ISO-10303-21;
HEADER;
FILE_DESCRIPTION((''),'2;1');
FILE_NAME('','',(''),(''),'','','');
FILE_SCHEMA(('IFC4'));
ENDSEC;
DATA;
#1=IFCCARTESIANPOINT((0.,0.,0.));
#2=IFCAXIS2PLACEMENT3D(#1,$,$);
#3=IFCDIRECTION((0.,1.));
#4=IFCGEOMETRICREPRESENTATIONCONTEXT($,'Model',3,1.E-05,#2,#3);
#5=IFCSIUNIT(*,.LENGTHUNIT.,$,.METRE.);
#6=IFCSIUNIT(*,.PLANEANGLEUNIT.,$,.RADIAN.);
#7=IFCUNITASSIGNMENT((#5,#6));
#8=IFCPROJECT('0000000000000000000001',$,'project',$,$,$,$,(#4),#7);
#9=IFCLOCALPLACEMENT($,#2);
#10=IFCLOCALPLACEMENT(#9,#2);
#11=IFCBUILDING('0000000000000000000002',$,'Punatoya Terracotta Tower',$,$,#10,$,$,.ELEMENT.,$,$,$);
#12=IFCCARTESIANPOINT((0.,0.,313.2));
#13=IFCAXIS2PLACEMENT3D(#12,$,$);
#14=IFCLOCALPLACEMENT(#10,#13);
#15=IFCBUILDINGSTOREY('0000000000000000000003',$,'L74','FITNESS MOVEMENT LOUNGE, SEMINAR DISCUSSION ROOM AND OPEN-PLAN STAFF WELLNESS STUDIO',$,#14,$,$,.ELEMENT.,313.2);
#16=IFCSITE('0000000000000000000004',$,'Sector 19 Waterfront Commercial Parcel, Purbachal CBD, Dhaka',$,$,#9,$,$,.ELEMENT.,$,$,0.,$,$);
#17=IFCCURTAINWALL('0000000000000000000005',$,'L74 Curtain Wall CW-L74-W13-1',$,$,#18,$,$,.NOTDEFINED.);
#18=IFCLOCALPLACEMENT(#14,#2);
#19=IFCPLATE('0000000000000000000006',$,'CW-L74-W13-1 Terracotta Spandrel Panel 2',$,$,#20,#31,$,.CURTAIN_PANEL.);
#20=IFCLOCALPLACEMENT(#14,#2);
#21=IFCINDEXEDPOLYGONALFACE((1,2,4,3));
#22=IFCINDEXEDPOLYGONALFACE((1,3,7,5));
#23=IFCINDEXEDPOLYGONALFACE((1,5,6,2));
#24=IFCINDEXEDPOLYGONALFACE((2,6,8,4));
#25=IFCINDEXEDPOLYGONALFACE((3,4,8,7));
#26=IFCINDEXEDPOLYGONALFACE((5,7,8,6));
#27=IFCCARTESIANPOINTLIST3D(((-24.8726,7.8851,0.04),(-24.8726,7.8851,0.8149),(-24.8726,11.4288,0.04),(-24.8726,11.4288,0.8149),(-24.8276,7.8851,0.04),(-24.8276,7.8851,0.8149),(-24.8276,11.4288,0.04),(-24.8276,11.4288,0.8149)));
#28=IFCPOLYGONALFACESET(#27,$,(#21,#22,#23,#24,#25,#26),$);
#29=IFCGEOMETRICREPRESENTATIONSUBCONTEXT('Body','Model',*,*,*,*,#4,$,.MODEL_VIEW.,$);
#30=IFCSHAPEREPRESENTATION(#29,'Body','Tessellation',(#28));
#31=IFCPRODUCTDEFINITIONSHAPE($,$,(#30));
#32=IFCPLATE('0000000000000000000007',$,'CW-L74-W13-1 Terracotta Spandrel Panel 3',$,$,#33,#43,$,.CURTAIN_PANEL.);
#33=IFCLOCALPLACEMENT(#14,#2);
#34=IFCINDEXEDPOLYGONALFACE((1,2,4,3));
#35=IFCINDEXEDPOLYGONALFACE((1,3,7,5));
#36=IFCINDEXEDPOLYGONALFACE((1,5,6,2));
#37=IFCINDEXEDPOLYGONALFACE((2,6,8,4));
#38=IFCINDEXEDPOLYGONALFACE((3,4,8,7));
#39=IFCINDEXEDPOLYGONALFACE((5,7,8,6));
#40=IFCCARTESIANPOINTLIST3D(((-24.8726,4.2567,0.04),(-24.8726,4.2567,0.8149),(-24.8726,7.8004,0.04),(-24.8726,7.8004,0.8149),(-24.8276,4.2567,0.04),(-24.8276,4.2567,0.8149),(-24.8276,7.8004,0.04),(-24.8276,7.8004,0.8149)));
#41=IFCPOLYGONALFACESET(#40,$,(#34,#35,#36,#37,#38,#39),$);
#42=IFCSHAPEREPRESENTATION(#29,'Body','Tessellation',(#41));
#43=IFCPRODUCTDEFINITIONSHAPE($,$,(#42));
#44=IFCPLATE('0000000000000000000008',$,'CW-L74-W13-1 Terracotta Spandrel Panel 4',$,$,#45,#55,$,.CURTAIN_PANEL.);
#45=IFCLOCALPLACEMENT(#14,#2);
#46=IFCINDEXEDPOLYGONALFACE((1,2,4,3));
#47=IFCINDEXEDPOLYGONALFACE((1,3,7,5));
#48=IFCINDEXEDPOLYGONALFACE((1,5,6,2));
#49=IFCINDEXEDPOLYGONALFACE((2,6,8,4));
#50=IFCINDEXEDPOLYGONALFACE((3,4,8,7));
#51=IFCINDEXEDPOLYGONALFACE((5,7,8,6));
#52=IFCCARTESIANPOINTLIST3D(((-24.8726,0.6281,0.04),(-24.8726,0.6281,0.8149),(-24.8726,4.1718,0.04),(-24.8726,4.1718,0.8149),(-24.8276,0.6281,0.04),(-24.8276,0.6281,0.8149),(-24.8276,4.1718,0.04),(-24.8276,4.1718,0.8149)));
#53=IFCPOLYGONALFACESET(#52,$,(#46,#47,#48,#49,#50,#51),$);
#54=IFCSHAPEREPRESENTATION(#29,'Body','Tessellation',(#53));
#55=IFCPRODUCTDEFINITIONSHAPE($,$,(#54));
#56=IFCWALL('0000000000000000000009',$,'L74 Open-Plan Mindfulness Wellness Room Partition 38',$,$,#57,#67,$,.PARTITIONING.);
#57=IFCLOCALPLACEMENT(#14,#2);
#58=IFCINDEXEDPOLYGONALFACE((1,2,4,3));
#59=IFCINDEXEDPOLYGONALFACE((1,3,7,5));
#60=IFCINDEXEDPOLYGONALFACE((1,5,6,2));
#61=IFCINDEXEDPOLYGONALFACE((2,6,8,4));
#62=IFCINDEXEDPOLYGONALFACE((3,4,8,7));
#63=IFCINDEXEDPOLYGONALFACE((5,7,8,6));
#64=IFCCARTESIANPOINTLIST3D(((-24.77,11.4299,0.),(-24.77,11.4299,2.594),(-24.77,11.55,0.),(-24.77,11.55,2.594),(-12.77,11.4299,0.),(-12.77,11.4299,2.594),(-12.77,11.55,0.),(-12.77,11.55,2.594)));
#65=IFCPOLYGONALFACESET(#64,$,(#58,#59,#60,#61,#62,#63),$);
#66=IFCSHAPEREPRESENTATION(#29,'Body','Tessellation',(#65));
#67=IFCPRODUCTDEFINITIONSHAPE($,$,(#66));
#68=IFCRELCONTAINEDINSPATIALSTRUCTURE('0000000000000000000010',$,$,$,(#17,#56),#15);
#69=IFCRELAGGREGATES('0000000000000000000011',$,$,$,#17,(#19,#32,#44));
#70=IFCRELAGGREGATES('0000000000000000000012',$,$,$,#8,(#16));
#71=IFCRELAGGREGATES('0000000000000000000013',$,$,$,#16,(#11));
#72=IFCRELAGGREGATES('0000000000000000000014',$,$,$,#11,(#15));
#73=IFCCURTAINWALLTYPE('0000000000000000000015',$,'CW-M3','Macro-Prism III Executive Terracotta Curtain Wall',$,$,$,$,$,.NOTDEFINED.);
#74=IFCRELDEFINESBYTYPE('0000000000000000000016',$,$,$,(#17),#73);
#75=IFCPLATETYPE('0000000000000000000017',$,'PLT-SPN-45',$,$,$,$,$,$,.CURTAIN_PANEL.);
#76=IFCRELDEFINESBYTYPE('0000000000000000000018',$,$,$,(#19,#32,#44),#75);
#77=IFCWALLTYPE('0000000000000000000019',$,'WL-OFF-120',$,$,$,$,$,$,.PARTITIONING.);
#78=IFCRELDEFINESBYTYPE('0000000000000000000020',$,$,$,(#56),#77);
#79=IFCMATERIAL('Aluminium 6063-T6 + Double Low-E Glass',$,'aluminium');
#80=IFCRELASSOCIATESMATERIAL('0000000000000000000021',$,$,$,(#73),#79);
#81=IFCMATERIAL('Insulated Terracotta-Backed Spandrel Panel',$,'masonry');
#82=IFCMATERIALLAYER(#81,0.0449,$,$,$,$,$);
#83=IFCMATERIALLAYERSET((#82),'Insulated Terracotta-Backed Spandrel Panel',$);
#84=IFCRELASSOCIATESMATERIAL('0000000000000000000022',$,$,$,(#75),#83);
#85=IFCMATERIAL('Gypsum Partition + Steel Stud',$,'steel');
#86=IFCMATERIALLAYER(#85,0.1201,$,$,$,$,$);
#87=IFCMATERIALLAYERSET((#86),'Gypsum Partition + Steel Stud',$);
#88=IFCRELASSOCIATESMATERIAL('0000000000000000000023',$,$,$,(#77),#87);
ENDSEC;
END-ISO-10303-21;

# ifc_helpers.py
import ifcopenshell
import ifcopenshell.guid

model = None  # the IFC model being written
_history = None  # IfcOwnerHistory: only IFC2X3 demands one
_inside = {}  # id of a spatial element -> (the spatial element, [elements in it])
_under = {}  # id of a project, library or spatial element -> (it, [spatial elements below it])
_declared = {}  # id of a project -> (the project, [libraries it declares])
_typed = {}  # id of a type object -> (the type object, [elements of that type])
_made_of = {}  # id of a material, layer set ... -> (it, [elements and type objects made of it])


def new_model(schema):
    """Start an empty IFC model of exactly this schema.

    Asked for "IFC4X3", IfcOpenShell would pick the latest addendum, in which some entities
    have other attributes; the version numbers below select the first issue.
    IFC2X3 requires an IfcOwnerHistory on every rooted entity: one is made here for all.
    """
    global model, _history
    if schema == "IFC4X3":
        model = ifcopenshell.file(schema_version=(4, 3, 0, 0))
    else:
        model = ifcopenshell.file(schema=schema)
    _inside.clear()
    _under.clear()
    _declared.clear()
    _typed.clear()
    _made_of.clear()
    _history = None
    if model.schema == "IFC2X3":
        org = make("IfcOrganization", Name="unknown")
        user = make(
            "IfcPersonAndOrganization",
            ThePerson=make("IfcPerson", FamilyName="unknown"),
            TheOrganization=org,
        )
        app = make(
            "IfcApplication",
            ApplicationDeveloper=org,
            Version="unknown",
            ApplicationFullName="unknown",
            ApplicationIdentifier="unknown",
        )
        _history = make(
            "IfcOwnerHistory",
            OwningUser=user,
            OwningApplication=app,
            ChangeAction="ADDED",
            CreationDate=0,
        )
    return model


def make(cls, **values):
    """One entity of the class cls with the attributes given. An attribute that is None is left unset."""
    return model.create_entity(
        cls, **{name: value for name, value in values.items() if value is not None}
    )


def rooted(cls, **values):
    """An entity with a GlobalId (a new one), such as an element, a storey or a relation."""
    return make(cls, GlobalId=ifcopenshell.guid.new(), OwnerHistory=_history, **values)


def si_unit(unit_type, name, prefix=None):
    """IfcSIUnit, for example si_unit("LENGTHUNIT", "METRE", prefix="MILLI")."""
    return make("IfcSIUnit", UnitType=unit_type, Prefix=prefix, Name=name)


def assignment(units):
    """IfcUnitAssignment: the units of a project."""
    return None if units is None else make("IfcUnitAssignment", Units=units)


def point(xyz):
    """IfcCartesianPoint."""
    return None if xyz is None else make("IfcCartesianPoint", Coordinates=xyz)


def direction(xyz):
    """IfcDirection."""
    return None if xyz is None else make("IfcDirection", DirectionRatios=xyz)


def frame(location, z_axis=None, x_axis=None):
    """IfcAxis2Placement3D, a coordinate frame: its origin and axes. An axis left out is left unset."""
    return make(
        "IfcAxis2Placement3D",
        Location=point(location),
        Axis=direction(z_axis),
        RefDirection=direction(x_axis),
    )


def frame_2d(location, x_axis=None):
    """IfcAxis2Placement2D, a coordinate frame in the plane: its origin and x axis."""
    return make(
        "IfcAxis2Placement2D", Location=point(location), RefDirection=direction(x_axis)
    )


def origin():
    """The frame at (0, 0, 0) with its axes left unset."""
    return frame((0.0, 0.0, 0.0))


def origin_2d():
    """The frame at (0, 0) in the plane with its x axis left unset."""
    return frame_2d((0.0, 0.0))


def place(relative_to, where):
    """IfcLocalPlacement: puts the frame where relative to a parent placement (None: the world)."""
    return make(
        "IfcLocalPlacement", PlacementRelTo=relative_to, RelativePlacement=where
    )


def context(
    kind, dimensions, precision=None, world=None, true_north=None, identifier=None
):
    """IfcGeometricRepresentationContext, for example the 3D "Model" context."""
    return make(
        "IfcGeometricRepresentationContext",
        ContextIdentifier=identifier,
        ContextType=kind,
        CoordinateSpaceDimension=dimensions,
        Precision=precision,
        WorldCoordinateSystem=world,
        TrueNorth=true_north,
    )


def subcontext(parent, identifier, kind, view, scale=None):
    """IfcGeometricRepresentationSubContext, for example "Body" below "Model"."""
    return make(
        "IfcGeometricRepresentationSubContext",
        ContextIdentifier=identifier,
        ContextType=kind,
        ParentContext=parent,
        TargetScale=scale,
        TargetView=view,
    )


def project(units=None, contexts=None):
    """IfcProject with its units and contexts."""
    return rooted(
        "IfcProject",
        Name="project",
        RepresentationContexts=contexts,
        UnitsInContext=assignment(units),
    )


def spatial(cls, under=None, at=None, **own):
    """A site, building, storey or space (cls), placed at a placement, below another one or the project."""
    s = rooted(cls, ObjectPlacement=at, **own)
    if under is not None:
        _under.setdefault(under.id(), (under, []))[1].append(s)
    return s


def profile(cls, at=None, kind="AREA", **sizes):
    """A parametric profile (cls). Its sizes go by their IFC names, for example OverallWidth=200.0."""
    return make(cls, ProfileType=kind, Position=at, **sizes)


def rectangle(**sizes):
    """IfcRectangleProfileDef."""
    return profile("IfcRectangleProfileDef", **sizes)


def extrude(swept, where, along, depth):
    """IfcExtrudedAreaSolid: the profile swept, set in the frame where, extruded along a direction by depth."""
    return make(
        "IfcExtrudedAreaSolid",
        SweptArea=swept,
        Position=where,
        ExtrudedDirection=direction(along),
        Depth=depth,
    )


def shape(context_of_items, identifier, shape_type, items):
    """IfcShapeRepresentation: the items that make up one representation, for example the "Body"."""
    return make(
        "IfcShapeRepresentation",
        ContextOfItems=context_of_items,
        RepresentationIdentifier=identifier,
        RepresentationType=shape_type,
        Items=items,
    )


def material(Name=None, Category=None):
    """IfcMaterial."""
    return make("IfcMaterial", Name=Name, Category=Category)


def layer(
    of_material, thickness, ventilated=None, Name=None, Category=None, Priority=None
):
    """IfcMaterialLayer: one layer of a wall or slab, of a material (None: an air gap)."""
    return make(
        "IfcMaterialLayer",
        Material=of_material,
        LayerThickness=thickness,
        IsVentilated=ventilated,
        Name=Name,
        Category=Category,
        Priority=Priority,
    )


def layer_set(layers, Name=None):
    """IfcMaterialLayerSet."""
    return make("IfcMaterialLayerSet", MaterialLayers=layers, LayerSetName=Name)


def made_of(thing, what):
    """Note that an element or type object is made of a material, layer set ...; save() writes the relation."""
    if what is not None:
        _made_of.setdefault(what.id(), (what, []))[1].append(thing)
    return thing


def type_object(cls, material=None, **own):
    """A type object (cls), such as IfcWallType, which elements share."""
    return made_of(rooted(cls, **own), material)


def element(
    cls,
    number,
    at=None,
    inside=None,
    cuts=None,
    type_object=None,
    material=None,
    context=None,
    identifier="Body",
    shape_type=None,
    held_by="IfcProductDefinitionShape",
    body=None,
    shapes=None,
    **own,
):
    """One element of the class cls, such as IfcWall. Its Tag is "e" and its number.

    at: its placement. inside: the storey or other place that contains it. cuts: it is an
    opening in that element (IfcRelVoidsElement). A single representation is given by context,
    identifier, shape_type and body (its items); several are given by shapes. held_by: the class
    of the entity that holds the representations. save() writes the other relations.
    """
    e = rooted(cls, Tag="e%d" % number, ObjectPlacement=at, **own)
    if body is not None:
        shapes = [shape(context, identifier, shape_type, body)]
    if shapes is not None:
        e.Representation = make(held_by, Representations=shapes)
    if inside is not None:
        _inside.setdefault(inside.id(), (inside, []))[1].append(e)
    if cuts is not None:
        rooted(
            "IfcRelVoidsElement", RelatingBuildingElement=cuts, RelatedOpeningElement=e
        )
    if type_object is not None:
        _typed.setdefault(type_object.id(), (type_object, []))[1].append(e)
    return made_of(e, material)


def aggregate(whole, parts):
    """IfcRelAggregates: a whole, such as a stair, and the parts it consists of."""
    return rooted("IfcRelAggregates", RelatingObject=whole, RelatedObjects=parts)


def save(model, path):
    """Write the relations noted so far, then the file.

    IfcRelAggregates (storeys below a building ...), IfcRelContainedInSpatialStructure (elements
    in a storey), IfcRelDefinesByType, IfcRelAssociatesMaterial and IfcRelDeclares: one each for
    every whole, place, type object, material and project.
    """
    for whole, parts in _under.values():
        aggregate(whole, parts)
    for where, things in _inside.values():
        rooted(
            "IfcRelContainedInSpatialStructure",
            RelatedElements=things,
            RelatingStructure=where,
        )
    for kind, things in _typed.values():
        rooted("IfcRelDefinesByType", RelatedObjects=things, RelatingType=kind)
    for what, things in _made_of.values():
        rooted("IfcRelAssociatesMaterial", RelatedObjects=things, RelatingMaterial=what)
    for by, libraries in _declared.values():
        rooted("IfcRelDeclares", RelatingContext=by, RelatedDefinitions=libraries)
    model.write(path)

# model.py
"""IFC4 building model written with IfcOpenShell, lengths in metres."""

from ifc_helpers import new_model, si_unit, direction, frame, frame_2d, origin, origin_2d, place, context, subcontext, project, spatial, rectangle, extrude, material, layer, layer_set, type_object, element, aggregate, save


model = new_model("IFC4")

# Units and contexts
model_context = context("Model", 3, precision=1e-05, world=origin(), true_north=direction((0.0, 1.0)))
body_context = subcontext(model_context, "Body", "Model", "MODEL_VIEW")
ifc_project = project(units=[si_unit("LENGTHUNIT", "METRE"), si_unit("PLANEANGLEUNIT", "RADIAN")], contexts=[model_context])

# Site, building, storey
site_placement = place(None, origin())
site = spatial("IfcSite", under=ifc_project, at=site_placement, Name="Sector 19 Waterfront Commercial Parcel, Purbachal CBD, Dhaka", CompositionType="ELEMENT", RefElevation=0.0)
building_placement = place(site_placement, origin())
building = spatial("IfcBuilding", under=site, at=building_placement, Name="Punatoya Terracotta Tower", CompositionType="ELEMENT")
storey_placement = place(building_placement, frame((0.0, 0.0, 313.2)))
storey = spatial("IfcBuildingStorey", under=building, at=storey_placement, Name="L74", Description="FITNESS MOVEMENT LOUNGE, SEMINAR DISCUSSION ROOM AND OPEN-PLAN STAFF WELLNESS STUDIO", CompositionType="ELEMENT", Elevation=313.2)

# Curtain wall, plates
ifc_material_1 = material(Name="Aluminium 6063-T6 + Double Low-E Glass", Category="aluminium")
curtain_wall_type = type_object("IfcCurtainWallType", Name="CW-M3", Description="Macro-Prism III Executive Terracotta Curtain Wall", PredefinedType="NOTDEFINED", material=ifc_material_1)
curtain_wall_placement = place(storey_placement, origin())
curtain_wall = element("IfcCurtainWall", 1, at=curtain_wall_placement, inside=storey, type_object=curtain_wall_type, Name="L74 Curtain Wall CW-L74-W13-1", PredefinedType="NOTDEFINED")
ifc_material_2 = material(Name="Insulated Terracotta-Backed Spandrel Panel", Category="masonry")
ifc_layer_1 = layer(ifc_material_2, 0.0449)
ifc_layer_set_1 = layer_set([ifc_layer_1], Name="Insulated Terracotta-Backed Spandrel Panel")
plate_type_1 = type_object("IfcPlateType", Name="PLT-SPN-45", PredefinedType="CURTAIN_PANEL", material=ifc_layer_set_1)
plate_1_placement = place(storey_placement, frame((-24.8501, 9.657, 0.04), z_axis=(0.0, 0.0, 1.0), x_axis=(0.0, -1.0, 0.0)))
plate_1 = element("IfcPlate", 2, at=plate_1_placement, type_object=plate_type_1, Name="CW-L74-W13-1 Terracotta Spandrel Panel 2", PredefinedType="CURTAIN_PANEL", context=body_context, shape_type="SweptSolid", body=[
    extrude(rectangle(XDim=3.5437, YDim=0.0449, at=origin_2d()), origin(), (0.0, 0.0, 1.0), 0.7749),
])
plate_2_placement = place(storey_placement, frame((-24.8501, 6.0286, 0.04), z_axis=(0.0, 0.0, 1.0), x_axis=(0.0, -1.0, 0.0)))
plate_2 = element("IfcPlate", 3, at=plate_2_placement, type_object=plate_type_1, Name="CW-L74-W13-1 Terracotta Spandrel Panel 3", PredefinedType="CURTAIN_PANEL", context=body_context, shape_type="SweptSolid", body=[
    extrude(rectangle(XDim=3.5437, YDim=0.0449, at=origin_2d()), origin(), (0.0, 0.0, 1.0), 0.7749),
])
plate_3_placement = place(storey_placement, frame((-24.8501, 2.3999, 0.04), z_axis=(0.0, 0.0, 1.0), x_axis=(0.0, -1.0, 0.0)))
plate_3 = element("IfcPlate", 4, at=plate_3_placement, type_object=plate_type_1, Name="CW-L74-W13-1 Terracotta Spandrel Panel 4", PredefinedType="CURTAIN_PANEL", context=body_context, shape_type="SweptSolid", body=[
    extrude(rectangle(XDim=3.5437, YDim=0.0449, at=origin_2d()), origin(), (0.0, 0.0, 1.0), 0.7749),
])
aggregate(curtain_wall, [plate_1, plate_2, plate_3])

# Wall
ifc_material_3 = material(Name="Gypsum Partition + Steel Stud", Category="steel")
ifc_layer_2 = layer(ifc_material_3, 0.1201)
ifc_layer_set_2 = layer_set([ifc_layer_2], Name="Gypsum Partition + Steel Stud")
wall_type = type_object("IfcWallType", Name="WL-OFF-120", PredefinedType="PARTITIONING", material=ifc_layer_set_2)
wall_placement = place(storey_placement, frame((-24.77, 11.49, 0.0), z_axis=(0.0, 0.0, 1.0), x_axis=(1.0, 0.0, 0.0)))
element("IfcWall", 5, at=wall_placement, inside=storey, type_object=wall_type, Name="L74 Open-Plan Mindfulness Wellness Room Partition 38", PredefinedType="PARTITIONING", context=body_context, shape_type="SweptSolid", body=[
    extrude(rectangle(XDim=12.0, YDim=0.1201, at=frame_2d((6.0, 0.0))), origin(), (0.0, 0.0, 1.0), 2.594),
])

save(model, "model.ifc")
